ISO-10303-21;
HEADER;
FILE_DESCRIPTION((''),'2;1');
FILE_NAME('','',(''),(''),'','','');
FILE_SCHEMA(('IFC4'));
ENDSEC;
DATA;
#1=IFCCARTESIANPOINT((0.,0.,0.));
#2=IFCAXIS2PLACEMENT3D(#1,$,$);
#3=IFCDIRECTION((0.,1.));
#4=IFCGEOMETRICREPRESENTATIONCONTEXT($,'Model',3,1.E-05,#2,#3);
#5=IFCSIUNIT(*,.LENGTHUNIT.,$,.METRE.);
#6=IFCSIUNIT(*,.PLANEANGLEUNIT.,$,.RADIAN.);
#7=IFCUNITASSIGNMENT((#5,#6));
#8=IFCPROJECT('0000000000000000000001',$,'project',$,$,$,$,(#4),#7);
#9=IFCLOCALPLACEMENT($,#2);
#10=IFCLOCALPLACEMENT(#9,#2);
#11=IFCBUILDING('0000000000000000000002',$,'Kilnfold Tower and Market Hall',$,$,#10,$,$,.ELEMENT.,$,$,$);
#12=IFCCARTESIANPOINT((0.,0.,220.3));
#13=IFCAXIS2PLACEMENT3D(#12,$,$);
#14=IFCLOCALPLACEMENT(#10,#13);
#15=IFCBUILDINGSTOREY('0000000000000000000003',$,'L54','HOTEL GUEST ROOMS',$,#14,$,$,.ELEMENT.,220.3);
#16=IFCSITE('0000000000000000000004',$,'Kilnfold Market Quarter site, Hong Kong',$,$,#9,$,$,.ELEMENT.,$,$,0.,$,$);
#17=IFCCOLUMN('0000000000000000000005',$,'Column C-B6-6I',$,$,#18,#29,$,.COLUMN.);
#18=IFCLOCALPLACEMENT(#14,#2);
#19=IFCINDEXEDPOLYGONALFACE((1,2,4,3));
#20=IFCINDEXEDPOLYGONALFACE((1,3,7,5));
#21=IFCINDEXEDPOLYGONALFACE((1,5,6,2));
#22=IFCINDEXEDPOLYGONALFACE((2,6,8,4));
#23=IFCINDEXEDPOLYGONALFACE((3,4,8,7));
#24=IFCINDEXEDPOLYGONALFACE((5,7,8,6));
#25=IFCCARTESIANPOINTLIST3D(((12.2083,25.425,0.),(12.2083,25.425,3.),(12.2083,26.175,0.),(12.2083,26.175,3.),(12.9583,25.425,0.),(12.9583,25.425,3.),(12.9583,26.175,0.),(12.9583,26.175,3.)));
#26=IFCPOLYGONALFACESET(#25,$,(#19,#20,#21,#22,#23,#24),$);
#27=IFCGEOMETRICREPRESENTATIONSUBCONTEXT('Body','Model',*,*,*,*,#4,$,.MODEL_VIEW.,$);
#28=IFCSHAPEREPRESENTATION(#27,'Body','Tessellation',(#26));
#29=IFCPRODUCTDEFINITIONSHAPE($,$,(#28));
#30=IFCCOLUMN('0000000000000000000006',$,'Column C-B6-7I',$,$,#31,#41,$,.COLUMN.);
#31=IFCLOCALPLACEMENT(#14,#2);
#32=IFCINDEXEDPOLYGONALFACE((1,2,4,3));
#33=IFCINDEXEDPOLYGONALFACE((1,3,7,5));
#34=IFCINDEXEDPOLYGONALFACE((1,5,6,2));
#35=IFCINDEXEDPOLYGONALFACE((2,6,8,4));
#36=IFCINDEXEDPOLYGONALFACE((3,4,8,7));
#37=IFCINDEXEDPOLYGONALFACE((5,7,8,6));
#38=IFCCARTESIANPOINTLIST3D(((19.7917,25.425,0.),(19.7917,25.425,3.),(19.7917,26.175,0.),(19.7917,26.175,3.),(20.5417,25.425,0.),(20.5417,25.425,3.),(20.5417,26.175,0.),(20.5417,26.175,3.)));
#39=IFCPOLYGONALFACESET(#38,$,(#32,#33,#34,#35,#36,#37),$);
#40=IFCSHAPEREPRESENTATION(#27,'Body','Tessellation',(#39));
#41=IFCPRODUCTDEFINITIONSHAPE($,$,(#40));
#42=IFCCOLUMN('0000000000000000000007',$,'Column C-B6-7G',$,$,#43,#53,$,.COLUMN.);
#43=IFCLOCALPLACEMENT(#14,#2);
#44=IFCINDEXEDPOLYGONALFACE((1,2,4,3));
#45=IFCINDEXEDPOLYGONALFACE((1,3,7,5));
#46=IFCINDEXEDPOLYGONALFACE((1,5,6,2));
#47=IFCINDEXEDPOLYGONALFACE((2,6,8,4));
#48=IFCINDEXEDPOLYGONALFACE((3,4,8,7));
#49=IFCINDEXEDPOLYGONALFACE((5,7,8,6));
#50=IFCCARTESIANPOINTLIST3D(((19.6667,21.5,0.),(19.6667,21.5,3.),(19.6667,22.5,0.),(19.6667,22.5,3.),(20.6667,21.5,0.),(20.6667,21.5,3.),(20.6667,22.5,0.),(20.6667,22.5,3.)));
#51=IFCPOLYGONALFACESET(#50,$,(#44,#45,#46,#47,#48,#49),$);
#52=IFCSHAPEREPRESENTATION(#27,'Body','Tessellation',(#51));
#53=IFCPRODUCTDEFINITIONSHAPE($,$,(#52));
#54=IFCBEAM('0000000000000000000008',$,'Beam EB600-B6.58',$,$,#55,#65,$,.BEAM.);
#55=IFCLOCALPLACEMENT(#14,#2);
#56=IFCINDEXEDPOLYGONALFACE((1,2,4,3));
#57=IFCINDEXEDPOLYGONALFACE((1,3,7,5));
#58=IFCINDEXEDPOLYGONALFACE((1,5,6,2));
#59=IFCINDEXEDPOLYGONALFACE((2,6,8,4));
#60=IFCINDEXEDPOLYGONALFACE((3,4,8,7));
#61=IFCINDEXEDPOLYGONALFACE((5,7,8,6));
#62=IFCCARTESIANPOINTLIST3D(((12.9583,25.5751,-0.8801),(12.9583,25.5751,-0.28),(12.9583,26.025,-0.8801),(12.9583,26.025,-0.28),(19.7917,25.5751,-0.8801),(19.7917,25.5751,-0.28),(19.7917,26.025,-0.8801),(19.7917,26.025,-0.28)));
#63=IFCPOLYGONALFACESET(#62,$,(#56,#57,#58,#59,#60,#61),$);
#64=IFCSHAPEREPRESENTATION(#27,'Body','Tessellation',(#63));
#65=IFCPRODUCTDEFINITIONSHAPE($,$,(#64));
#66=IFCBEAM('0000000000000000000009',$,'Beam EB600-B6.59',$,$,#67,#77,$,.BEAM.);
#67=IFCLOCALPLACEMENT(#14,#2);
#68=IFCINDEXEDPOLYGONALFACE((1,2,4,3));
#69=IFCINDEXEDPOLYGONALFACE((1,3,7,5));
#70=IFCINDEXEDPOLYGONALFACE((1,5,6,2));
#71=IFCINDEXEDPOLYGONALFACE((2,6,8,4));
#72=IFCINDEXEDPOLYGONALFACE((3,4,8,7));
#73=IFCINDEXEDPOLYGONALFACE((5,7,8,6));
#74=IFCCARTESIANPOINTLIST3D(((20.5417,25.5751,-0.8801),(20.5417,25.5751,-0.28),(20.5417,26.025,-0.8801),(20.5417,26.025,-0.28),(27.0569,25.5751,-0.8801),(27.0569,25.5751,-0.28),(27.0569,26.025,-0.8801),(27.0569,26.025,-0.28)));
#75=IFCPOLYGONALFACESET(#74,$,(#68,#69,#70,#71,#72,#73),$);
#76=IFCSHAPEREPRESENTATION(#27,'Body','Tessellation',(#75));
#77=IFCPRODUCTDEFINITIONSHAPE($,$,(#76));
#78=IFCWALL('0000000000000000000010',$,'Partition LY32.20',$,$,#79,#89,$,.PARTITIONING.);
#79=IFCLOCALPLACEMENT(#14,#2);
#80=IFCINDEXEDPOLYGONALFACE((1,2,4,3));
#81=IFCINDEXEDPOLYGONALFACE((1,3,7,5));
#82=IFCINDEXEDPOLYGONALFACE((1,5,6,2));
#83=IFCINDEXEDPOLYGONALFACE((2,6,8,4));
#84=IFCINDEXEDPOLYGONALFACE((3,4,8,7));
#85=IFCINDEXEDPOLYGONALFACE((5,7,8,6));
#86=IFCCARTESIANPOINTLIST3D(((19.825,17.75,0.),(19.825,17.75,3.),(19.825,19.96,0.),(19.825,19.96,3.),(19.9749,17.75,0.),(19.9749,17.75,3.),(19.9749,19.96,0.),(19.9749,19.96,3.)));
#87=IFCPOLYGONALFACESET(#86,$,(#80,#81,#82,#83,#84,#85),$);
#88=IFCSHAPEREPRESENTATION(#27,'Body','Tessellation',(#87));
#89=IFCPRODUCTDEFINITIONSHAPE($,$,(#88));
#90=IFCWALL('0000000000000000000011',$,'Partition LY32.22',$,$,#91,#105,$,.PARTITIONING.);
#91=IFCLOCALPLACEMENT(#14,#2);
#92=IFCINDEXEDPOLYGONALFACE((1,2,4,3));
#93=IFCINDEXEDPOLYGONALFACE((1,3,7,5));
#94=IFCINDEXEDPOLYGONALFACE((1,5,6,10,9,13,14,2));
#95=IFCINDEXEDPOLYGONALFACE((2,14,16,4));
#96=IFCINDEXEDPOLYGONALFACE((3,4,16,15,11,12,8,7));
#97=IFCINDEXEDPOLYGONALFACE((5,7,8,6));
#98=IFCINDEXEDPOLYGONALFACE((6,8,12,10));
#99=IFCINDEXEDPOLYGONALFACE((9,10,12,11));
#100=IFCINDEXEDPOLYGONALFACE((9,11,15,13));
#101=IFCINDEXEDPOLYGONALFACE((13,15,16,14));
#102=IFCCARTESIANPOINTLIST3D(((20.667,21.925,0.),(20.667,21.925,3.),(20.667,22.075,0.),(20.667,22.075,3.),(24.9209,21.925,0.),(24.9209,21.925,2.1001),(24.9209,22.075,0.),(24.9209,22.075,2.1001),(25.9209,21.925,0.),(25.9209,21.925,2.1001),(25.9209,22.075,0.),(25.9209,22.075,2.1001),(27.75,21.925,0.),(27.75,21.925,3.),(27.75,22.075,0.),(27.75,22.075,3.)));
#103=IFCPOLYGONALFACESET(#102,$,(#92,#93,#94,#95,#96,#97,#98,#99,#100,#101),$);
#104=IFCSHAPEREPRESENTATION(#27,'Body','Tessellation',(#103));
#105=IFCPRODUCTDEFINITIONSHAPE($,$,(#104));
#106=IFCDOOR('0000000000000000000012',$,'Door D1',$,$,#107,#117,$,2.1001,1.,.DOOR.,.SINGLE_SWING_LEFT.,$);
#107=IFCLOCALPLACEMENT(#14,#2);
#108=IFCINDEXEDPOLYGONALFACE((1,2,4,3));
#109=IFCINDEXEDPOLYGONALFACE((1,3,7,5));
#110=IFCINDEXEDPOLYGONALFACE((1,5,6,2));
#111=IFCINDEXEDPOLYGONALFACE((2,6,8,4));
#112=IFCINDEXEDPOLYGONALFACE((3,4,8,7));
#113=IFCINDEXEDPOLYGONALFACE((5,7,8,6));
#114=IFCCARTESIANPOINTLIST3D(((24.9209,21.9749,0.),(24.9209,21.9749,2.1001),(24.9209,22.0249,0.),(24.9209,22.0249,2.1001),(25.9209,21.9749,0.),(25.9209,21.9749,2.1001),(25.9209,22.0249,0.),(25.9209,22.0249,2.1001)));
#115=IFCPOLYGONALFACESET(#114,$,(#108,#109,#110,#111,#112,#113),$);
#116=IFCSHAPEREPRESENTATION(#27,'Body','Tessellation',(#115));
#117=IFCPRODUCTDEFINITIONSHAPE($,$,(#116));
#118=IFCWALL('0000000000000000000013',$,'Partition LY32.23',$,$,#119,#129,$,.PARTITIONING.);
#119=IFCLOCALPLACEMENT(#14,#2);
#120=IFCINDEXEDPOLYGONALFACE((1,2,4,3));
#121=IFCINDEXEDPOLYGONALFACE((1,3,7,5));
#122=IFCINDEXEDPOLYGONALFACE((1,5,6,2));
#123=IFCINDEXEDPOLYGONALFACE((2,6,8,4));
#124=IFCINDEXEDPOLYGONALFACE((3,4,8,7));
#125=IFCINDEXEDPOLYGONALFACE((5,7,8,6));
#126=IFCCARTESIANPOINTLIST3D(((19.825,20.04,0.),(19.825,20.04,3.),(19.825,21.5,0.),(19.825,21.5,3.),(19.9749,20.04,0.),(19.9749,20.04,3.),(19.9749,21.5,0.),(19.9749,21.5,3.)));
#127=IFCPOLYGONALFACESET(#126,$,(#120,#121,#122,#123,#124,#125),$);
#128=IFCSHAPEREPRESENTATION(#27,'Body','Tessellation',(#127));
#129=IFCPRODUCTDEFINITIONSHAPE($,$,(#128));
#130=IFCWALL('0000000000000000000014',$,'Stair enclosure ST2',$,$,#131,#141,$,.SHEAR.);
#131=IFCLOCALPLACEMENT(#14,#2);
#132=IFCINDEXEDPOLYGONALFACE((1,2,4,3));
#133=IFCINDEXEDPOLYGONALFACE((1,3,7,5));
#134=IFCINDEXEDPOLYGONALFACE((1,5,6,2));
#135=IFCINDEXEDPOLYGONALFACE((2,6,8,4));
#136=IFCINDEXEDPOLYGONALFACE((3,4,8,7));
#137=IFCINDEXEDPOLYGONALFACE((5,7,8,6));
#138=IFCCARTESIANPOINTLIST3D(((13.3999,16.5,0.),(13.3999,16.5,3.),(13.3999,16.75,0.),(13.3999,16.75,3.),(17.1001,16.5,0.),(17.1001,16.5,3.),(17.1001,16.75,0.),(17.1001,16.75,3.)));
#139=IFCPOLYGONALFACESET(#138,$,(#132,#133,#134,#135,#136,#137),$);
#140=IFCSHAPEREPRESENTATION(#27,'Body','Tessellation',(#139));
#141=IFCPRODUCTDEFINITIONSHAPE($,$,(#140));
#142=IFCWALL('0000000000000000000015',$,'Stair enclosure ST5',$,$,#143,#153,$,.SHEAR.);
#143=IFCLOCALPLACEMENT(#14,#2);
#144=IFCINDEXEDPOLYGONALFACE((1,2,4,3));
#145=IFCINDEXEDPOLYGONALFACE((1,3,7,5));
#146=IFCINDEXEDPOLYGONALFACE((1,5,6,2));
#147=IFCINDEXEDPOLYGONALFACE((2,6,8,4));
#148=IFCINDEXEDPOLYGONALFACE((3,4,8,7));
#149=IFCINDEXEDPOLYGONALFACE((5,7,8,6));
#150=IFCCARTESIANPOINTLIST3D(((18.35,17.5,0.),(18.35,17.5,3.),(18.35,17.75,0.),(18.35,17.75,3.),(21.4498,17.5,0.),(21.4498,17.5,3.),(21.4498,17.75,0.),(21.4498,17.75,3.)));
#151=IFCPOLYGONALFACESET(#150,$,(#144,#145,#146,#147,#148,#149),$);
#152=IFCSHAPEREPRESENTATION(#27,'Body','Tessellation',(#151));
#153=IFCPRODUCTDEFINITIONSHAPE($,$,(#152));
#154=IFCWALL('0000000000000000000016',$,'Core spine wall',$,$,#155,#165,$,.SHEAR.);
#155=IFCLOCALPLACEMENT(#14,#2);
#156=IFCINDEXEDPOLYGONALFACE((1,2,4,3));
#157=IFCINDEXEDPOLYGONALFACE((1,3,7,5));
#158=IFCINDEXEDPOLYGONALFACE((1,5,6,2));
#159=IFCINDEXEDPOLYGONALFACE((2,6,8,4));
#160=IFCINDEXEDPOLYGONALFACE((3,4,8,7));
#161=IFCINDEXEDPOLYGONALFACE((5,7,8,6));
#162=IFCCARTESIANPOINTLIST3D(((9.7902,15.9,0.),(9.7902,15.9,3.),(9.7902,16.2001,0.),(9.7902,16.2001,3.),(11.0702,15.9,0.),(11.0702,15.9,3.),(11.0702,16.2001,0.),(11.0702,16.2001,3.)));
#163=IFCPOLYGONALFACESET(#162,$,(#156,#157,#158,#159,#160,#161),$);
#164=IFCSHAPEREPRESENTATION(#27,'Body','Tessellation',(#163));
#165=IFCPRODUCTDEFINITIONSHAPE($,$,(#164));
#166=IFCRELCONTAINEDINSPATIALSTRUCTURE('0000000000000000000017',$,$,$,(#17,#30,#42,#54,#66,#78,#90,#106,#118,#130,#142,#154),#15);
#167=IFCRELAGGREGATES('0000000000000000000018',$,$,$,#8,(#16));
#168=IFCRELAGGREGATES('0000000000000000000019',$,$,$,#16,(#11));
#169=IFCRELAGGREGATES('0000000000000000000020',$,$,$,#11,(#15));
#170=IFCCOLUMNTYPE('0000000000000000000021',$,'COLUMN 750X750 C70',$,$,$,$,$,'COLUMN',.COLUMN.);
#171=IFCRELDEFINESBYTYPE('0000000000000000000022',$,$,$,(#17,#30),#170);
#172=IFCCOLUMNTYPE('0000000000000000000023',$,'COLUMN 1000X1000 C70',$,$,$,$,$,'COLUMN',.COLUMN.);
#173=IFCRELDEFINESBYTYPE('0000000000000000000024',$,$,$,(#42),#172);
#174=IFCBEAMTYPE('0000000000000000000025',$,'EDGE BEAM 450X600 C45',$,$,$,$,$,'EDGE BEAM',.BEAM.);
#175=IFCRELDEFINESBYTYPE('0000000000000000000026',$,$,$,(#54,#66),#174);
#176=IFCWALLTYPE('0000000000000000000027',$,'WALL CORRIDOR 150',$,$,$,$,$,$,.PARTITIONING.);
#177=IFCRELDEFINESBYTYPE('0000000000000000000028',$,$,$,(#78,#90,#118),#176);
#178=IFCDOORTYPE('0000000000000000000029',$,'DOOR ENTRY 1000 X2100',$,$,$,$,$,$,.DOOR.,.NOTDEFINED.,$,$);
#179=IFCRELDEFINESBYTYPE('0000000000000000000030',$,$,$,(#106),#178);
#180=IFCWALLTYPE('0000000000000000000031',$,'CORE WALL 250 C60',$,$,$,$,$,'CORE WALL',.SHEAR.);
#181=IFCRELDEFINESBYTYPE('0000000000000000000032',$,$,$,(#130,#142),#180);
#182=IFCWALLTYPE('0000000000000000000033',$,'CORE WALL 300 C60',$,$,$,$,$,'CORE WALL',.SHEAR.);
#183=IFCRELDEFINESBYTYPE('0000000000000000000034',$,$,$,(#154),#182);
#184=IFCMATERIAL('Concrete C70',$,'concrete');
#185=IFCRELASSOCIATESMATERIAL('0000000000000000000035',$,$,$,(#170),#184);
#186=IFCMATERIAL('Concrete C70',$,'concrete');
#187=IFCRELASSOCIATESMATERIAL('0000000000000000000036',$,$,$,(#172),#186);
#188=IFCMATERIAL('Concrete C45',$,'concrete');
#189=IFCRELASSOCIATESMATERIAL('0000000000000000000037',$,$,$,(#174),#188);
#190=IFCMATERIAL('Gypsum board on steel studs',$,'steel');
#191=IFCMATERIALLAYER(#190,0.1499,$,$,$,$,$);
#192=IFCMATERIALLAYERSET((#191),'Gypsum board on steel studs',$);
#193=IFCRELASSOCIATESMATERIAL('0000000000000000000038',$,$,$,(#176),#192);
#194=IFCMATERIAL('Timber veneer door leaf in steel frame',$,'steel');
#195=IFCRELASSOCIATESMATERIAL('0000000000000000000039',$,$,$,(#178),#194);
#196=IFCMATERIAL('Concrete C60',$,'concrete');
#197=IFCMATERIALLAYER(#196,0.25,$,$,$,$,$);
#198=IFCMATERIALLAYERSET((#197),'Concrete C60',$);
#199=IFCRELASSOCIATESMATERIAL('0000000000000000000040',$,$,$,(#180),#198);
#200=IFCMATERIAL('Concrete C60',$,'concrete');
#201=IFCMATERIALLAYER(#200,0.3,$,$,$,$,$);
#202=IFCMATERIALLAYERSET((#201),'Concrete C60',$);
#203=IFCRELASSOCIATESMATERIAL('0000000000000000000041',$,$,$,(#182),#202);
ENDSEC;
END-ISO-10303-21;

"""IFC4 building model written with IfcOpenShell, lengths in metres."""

from ifc_helpers import new_model, si_unit, direction, frame, frame_2d, origin, origin_2d, place, context, subcontext, project, spatial, rectangle, extrude, source, transform, mapped, material, layer, layer_set, material_profile, profile_set, type_object, element, fill, save


model = new_model("IFC4")

# Units and contexts
model_context = context("Model", 3, precision=1e-05, world=origin(), true_north=direction((0.0, 1.0)))
body_context = subcontext(model_context, "Body", "Model", "MODEL_VIEW")
ifc_project = project(units=[si_unit("LENGTHUNIT", "METRE"), si_unit("PLANEANGLEUNIT", "RADIAN")], contexts=[model_context])

# Site, building, storey
site_placement = place(None, origin())
site = spatial("IfcSite", under=ifc_project, at=site_placement, Name="Kilnfold Market Quarter site, Hong Kong", CompositionType="ELEMENT", RefElevation=0.0)
building_placement = place(site_placement, origin())
building = spatial("IfcBuilding", under=site, at=building_placement, Name="Kilnfold Tower and Market Hall", CompositionType="ELEMENT")
storey_placement = place(building_placement, frame((0.0, 0.0, 220.3)))
storey = spatial("IfcBuildingStorey", under=building, at=storey_placement, Name="L54", Description="HOTEL GUEST ROOMS", CompositionType="ELEMENT", Elevation=220.3)

# Columns
ifc_material_1 = material(Name="Concrete C70", Category="concrete")
ifc_material_profile_1 = material_profile(ifc_material_1, rectangle(XDim=0.75, YDim=0.75, at=origin_2d()), Name="RC 750x750")
ifc_profile_set_1 = profile_set([ifc_material_profile_1], Name="Concrete C70")
column_type_1 = type_object("IfcColumnType", Name="COLUMN 750X750 C70", ElementType="COLUMN", PredefinedType="COLUMN", material=ifc_profile_set_1)
shared_shape_1 = source(origin(), body_context, "Body", "SweptSolid", [
    extrude(rectangle(XDim=0.75, YDim=0.75, at=origin_2d()), origin(), (0.0, 0.0, 1.0), 3.0),
])
for number, where, z_axis, x_axis, name in (
    (1, (12.5833, 25.8, 0.0), (0.0, 0.0, 1.0), (1.0, 0.0, 0.0), "Column C-B6-6I"),
    (2, (20.1667, 25.8, 0.0), (0.0, 0.0, 1.0), (1.0, 0.0, 0.0), "Column C-B6-7I"),
):
    element("IfcColumn", number, at=place(storey_placement, frame(where, z_axis=z_axis, x_axis=x_axis)), inside=storey, type_object=column_type_1, Name=name, PredefinedType="COLUMN", context=body_context, shape_type="MappedRepresentation", body=[
        mapped(shared_shape_1, transform((0.0, 0.0, 0.0))),
    ])
ifc_material_2 = material(Name="Concrete C70", Category="concrete")
ifc_material_profile_2 = material_profile(ifc_material_2, rectangle(XDim=1.0, YDim=1.0, at=origin_2d()), Name="RC 1000x1000")
ifc_profile_set_2 = profile_set([ifc_material_profile_2], Name="Concrete C70")
column_type_2 = type_object("IfcColumnType", Name="COLUMN 1000X1000 C70", ElementType="COLUMN", PredefinedType="COLUMN", material=ifc_profile_set_2)
shared_shape_2 = source(origin(), body_context, "Body", "SweptSolid", [
    extrude(rectangle(XDim=1.0, YDim=1.0, at=origin_2d()), origin(), (0.0, 0.0, 1.0), 3.0),
])
column_placement = place(storey_placement, frame((20.1667, 22.0, 0.0), z_axis=(0.0, 0.0, 1.0), x_axis=(1.0, 0.0, 0.0)))
element("IfcColumn", 3, at=column_placement, inside=storey, type_object=column_type_2, Name="Column C-B6-7G", PredefinedType="COLUMN", context=body_context, shape_type="MappedRepresentation", body=[
    mapped(shared_shape_2, transform((0.0, 0.0, 0.0))),
])

# Beams
ifc_material_3 = material(Name="Concrete C45", Category="concrete")
ifc_material_profile_3 = material_profile(ifc_material_3, rectangle(XDim=0.45, YDim=0.6001, at=origin_2d()), Name="RC 450x600")
ifc_profile_set_3 = profile_set([ifc_material_profile_3], Name="Concrete C45")
beam_type = type_object("IfcBeamType", Name="EDGE BEAM 450X600 C45", ElementType="EDGE BEAM", PredefinedType="BEAM", material=ifc_profile_set_3)
shared_shape_3 = source(origin(), body_context, "Body", "SweptSolid", [
    extrude(rectangle(XDim=0.45, YDim=0.6001, at=origin_2d()), origin(), (0.0, 0.0, 1.0), 6.8335),
])
beam_1_placement = place(storey_placement, frame((12.9583, 25.8, -0.5801), z_axis=(1.0, 0.0, 0.0), x_axis=(0.0, 1.0, 0.0)))
element("IfcBeam", 4, at=beam_1_placement, inside=storey, type_object=beam_type, Name="Beam EB600-B6.58", PredefinedType="BEAM", context=body_context, shape_type="MappedRepresentation", body=[
    mapped(shared_shape_3, transform((0.0, 0.0, 0.0))),
])
shared_shape_4 = source(origin(), body_context, "Body", "SweptSolid", [
    extrude(rectangle(XDim=0.45, YDim=0.6001, at=origin_2d()), origin(), (0.0, 0.0, 1.0), 6.5151),
])
beam_2_placement = place(storey_placement, frame((20.5417, 25.8, -0.5801), z_axis=(1.0, 0.0, 0.0), x_axis=(0.0, 1.0, 0.0)))
element("IfcBeam", 5, at=beam_2_placement, inside=storey, type_object=beam_type, Name="Beam EB600-B6.59", PredefinedType="BEAM", context=body_context, shape_type="MappedRepresentation", body=[
    mapped(shared_shape_4, transform((0.0, 0.0, 0.0))),
])

# Wall
ifc_material_4 = material(Name="Gypsum board on steel studs", Category="steel")
ifc_layer_1 = layer(ifc_material_4, 0.1499)
ifc_layer_set_1 = layer_set([ifc_layer_1], Name="Gypsum board on steel studs")
wall_type_1 = type_object("IfcWallType", Name="WALL CORRIDOR 150", PredefinedType="PARTITIONING", material=ifc_layer_set_1)
wall_1_placement = place(storey_placement, frame((19.8999, 17.75, 0.0), z_axis=(0.0, 0.0, 1.0), x_axis=(0.0, 1.0, 0.0)))
element("IfcWall", 6, at=wall_1_placement, inside=storey, type_object=wall_type_1, Name="Partition LY32.20", PredefinedType="PARTITIONING", context=body_context, shape_type="SweptSolid", body=[
    extrude(rectangle(XDim=2.21, YDim=0.1499, at=frame_2d((1.105, 0.0))), origin(), (0.0, 0.0, 1.0), 3.0),
])

# Wall, opening, door
wall_2_placement = place(storey_placement, frame((20.667, 22.0, 0.0), z_axis=(0.0, 0.0, 1.0), x_axis=(1.0, 0.0, 0.0)))
wall_2 = element("IfcWall", 7, at=wall_2_placement, inside=storey, type_object=wall_type_1, Name="Partition LY32.22", PredefinedType="PARTITIONING", context=body_context, shape_type="SweptSolid", body=[
    extrude(rectangle(XDim=7.083, YDim=0.1499, at=frame_2d((3.5415, 0.0))), origin(), (0.0, 0.0, 1.0), 3.0),
])
opening_1_placement = place(wall_2_placement, frame((4.2539, 0.0, 0.0)))
opening_1 = element("IfcOpeningElement", 8, at=opening_1_placement, cuts=wall_2, PredefinedType="OPENING", context=body_context, shape_type="SweptSolid", body=[
    extrude(rectangle(XDim=1.0, YDim=2.1001, at=frame_2d((0.5, 1.05))), frame((0.0, 0.085, 0.0), z_axis=(0.0, -1.0, 0.0), x_axis=(1.0, 0.0, 0.0)), (0.0, 0.0, 1.0), 0.1699),
])
ifc_material_5 = material(Name="Timber veneer door leaf in steel frame", Category="steel")
door_type_1 = type_object("IfcDoorType", Name="DOOR ENTRY 1000 X2100", OperationType="NOTDEFINED", PredefinedType="DOOR", material=ifc_material_5)
door_1_placement = place(opening_1_placement, origin())
door_1 = element("IfcDoor", 9, at=door_1_placement, inside=storey, type_object=door_type_1, Name="Door D1", OperationType="SINGLE_SWING_LEFT", OverallHeight=2.1001, OverallWidth=1.0, PredefinedType="DOOR", context=body_context, shape_type="SweptSolid", body=[
    extrude(rectangle(XDim=1.0, YDim=2.1001, at=frame_2d((0.5, 1.05))), frame((0.0, 0.0249, 0.0), z_axis=(0.0, -1.0, 0.0), x_axis=(1.0, 0.0, 0.0)), (0.0, 0.0, 1.0), 0.05),
])
fill(opening_1, door_1)

# Walls
wall_3_placement = place(storey_placement, frame((19.8999, 20.04, 0.0), z_axis=(0.0, 0.0, 1.0), x_axis=(0.0, 1.0, 0.0)))
element("IfcWall", 10, at=wall_3_placement, inside=storey, type_object=wall_type_1, Name="Partition LY32.23", PredefinedType="PARTITIONING", context=body_context, shape_type="SweptSolid", body=[
    extrude(rectangle(XDim=1.46, YDim=0.1499, at=frame_2d((0.73, 0.0))), origin(), (0.0, 0.0, 1.0), 3.0),
])
ifc_material_6 = material(Name="Concrete C60", Category="concrete")
ifc_layer_2 = layer(ifc_material_6, 0.25)
ifc_layer_set_2 = layer_set([ifc_layer_2], Name="Concrete C60")
wall_type_2 = type_object("IfcWallType", Name="CORE WALL 250 C60", ElementType="CORE WALL", PredefinedType="SHEAR", material=ifc_layer_set_2)
shared_shape_5 = source(origin(), body_context, "Body", "SweptSolid", [
    extrude(rectangle(XDim=3.7002, YDim=0.25, at=frame_2d((1.8501, 0.0))), origin(), (0.0, 0.0, 1.0), 3.0),
])
wall_4_placement = place(storey_placement, frame((13.3999, 16.625, 0.0), z_axis=(0.0, 0.0, 1.0), x_axis=(1.0, 0.0, 0.0)))
element("IfcWall", 11, at=wall_4_placement, inside=storey, type_object=wall_type_2, Name="Stair enclosure ST2", PredefinedType="SHEAR", context=body_context, shape_type="MappedRepresentation", body=[
    mapped(shared_shape_5, transform((0.0, 0.0, 0.0))),
])
shared_shape_6 = source(origin(), body_context, "Body", "SweptSolid", [
    extrude(rectangle(XDim=3.0999, YDim=0.25, at=frame_2d((1.5498, 0.0))), origin(), (0.0, 0.0, 1.0), 3.0),
])
wall_5_placement = place(storey_placement, frame((18.3501, 17.625, 0.0), z_axis=(0.0, 0.0, 1.0), x_axis=(1.0, 0.0, 0.0)))
element("IfcWall", 12, at=wall_5_placement, inside=storey, type_object=wall_type_2, Name="Stair enclosure ST5", PredefinedType="SHEAR", context=body_context, shape_type="MappedRepresentation", body=[
    mapped(shared_shape_6, transform((0.0, 0.0, 0.0))),
])
ifc_material_7 = material(Name="Concrete C60", Category="concrete")
ifc_layer_3 = layer(ifc_material_7, 0.3)
ifc_layer_set_3 = layer_set([ifc_layer_3], Name="Concrete C60")
wall_type_3 = type_object("IfcWallType", Name="CORE WALL 300 C60", ElementType="CORE WALL", PredefinedType="SHEAR", material=ifc_layer_set_3)
shared_shape_7 = source(origin(), body_context, "Body", "SweptSolid", [
    extrude(rectangle(XDim=1.28, YDim=0.3, at=frame_2d((0.6401, 0.0))), origin(), (0.0, 0.0, 1.0), 3.0),
])
wall_6_placement = place(storey_placement, frame((9.79, 16.05, 0.0), z_axis=(0.0, 0.0, 1.0), x_axis=(1.0, 0.0, 0.0)))
element("IfcWall", 13, at=wall_6_placement, inside=storey, type_object=wall_type_3, Name="Core spine wall", PredefinedType="SHEAR", context=body_context, shape_type="MappedRepresentation", body=[
    mapped(shared_shape_7, transform((0.0, 0.0, 0.0))),
])

save(model, "model.ifc")
